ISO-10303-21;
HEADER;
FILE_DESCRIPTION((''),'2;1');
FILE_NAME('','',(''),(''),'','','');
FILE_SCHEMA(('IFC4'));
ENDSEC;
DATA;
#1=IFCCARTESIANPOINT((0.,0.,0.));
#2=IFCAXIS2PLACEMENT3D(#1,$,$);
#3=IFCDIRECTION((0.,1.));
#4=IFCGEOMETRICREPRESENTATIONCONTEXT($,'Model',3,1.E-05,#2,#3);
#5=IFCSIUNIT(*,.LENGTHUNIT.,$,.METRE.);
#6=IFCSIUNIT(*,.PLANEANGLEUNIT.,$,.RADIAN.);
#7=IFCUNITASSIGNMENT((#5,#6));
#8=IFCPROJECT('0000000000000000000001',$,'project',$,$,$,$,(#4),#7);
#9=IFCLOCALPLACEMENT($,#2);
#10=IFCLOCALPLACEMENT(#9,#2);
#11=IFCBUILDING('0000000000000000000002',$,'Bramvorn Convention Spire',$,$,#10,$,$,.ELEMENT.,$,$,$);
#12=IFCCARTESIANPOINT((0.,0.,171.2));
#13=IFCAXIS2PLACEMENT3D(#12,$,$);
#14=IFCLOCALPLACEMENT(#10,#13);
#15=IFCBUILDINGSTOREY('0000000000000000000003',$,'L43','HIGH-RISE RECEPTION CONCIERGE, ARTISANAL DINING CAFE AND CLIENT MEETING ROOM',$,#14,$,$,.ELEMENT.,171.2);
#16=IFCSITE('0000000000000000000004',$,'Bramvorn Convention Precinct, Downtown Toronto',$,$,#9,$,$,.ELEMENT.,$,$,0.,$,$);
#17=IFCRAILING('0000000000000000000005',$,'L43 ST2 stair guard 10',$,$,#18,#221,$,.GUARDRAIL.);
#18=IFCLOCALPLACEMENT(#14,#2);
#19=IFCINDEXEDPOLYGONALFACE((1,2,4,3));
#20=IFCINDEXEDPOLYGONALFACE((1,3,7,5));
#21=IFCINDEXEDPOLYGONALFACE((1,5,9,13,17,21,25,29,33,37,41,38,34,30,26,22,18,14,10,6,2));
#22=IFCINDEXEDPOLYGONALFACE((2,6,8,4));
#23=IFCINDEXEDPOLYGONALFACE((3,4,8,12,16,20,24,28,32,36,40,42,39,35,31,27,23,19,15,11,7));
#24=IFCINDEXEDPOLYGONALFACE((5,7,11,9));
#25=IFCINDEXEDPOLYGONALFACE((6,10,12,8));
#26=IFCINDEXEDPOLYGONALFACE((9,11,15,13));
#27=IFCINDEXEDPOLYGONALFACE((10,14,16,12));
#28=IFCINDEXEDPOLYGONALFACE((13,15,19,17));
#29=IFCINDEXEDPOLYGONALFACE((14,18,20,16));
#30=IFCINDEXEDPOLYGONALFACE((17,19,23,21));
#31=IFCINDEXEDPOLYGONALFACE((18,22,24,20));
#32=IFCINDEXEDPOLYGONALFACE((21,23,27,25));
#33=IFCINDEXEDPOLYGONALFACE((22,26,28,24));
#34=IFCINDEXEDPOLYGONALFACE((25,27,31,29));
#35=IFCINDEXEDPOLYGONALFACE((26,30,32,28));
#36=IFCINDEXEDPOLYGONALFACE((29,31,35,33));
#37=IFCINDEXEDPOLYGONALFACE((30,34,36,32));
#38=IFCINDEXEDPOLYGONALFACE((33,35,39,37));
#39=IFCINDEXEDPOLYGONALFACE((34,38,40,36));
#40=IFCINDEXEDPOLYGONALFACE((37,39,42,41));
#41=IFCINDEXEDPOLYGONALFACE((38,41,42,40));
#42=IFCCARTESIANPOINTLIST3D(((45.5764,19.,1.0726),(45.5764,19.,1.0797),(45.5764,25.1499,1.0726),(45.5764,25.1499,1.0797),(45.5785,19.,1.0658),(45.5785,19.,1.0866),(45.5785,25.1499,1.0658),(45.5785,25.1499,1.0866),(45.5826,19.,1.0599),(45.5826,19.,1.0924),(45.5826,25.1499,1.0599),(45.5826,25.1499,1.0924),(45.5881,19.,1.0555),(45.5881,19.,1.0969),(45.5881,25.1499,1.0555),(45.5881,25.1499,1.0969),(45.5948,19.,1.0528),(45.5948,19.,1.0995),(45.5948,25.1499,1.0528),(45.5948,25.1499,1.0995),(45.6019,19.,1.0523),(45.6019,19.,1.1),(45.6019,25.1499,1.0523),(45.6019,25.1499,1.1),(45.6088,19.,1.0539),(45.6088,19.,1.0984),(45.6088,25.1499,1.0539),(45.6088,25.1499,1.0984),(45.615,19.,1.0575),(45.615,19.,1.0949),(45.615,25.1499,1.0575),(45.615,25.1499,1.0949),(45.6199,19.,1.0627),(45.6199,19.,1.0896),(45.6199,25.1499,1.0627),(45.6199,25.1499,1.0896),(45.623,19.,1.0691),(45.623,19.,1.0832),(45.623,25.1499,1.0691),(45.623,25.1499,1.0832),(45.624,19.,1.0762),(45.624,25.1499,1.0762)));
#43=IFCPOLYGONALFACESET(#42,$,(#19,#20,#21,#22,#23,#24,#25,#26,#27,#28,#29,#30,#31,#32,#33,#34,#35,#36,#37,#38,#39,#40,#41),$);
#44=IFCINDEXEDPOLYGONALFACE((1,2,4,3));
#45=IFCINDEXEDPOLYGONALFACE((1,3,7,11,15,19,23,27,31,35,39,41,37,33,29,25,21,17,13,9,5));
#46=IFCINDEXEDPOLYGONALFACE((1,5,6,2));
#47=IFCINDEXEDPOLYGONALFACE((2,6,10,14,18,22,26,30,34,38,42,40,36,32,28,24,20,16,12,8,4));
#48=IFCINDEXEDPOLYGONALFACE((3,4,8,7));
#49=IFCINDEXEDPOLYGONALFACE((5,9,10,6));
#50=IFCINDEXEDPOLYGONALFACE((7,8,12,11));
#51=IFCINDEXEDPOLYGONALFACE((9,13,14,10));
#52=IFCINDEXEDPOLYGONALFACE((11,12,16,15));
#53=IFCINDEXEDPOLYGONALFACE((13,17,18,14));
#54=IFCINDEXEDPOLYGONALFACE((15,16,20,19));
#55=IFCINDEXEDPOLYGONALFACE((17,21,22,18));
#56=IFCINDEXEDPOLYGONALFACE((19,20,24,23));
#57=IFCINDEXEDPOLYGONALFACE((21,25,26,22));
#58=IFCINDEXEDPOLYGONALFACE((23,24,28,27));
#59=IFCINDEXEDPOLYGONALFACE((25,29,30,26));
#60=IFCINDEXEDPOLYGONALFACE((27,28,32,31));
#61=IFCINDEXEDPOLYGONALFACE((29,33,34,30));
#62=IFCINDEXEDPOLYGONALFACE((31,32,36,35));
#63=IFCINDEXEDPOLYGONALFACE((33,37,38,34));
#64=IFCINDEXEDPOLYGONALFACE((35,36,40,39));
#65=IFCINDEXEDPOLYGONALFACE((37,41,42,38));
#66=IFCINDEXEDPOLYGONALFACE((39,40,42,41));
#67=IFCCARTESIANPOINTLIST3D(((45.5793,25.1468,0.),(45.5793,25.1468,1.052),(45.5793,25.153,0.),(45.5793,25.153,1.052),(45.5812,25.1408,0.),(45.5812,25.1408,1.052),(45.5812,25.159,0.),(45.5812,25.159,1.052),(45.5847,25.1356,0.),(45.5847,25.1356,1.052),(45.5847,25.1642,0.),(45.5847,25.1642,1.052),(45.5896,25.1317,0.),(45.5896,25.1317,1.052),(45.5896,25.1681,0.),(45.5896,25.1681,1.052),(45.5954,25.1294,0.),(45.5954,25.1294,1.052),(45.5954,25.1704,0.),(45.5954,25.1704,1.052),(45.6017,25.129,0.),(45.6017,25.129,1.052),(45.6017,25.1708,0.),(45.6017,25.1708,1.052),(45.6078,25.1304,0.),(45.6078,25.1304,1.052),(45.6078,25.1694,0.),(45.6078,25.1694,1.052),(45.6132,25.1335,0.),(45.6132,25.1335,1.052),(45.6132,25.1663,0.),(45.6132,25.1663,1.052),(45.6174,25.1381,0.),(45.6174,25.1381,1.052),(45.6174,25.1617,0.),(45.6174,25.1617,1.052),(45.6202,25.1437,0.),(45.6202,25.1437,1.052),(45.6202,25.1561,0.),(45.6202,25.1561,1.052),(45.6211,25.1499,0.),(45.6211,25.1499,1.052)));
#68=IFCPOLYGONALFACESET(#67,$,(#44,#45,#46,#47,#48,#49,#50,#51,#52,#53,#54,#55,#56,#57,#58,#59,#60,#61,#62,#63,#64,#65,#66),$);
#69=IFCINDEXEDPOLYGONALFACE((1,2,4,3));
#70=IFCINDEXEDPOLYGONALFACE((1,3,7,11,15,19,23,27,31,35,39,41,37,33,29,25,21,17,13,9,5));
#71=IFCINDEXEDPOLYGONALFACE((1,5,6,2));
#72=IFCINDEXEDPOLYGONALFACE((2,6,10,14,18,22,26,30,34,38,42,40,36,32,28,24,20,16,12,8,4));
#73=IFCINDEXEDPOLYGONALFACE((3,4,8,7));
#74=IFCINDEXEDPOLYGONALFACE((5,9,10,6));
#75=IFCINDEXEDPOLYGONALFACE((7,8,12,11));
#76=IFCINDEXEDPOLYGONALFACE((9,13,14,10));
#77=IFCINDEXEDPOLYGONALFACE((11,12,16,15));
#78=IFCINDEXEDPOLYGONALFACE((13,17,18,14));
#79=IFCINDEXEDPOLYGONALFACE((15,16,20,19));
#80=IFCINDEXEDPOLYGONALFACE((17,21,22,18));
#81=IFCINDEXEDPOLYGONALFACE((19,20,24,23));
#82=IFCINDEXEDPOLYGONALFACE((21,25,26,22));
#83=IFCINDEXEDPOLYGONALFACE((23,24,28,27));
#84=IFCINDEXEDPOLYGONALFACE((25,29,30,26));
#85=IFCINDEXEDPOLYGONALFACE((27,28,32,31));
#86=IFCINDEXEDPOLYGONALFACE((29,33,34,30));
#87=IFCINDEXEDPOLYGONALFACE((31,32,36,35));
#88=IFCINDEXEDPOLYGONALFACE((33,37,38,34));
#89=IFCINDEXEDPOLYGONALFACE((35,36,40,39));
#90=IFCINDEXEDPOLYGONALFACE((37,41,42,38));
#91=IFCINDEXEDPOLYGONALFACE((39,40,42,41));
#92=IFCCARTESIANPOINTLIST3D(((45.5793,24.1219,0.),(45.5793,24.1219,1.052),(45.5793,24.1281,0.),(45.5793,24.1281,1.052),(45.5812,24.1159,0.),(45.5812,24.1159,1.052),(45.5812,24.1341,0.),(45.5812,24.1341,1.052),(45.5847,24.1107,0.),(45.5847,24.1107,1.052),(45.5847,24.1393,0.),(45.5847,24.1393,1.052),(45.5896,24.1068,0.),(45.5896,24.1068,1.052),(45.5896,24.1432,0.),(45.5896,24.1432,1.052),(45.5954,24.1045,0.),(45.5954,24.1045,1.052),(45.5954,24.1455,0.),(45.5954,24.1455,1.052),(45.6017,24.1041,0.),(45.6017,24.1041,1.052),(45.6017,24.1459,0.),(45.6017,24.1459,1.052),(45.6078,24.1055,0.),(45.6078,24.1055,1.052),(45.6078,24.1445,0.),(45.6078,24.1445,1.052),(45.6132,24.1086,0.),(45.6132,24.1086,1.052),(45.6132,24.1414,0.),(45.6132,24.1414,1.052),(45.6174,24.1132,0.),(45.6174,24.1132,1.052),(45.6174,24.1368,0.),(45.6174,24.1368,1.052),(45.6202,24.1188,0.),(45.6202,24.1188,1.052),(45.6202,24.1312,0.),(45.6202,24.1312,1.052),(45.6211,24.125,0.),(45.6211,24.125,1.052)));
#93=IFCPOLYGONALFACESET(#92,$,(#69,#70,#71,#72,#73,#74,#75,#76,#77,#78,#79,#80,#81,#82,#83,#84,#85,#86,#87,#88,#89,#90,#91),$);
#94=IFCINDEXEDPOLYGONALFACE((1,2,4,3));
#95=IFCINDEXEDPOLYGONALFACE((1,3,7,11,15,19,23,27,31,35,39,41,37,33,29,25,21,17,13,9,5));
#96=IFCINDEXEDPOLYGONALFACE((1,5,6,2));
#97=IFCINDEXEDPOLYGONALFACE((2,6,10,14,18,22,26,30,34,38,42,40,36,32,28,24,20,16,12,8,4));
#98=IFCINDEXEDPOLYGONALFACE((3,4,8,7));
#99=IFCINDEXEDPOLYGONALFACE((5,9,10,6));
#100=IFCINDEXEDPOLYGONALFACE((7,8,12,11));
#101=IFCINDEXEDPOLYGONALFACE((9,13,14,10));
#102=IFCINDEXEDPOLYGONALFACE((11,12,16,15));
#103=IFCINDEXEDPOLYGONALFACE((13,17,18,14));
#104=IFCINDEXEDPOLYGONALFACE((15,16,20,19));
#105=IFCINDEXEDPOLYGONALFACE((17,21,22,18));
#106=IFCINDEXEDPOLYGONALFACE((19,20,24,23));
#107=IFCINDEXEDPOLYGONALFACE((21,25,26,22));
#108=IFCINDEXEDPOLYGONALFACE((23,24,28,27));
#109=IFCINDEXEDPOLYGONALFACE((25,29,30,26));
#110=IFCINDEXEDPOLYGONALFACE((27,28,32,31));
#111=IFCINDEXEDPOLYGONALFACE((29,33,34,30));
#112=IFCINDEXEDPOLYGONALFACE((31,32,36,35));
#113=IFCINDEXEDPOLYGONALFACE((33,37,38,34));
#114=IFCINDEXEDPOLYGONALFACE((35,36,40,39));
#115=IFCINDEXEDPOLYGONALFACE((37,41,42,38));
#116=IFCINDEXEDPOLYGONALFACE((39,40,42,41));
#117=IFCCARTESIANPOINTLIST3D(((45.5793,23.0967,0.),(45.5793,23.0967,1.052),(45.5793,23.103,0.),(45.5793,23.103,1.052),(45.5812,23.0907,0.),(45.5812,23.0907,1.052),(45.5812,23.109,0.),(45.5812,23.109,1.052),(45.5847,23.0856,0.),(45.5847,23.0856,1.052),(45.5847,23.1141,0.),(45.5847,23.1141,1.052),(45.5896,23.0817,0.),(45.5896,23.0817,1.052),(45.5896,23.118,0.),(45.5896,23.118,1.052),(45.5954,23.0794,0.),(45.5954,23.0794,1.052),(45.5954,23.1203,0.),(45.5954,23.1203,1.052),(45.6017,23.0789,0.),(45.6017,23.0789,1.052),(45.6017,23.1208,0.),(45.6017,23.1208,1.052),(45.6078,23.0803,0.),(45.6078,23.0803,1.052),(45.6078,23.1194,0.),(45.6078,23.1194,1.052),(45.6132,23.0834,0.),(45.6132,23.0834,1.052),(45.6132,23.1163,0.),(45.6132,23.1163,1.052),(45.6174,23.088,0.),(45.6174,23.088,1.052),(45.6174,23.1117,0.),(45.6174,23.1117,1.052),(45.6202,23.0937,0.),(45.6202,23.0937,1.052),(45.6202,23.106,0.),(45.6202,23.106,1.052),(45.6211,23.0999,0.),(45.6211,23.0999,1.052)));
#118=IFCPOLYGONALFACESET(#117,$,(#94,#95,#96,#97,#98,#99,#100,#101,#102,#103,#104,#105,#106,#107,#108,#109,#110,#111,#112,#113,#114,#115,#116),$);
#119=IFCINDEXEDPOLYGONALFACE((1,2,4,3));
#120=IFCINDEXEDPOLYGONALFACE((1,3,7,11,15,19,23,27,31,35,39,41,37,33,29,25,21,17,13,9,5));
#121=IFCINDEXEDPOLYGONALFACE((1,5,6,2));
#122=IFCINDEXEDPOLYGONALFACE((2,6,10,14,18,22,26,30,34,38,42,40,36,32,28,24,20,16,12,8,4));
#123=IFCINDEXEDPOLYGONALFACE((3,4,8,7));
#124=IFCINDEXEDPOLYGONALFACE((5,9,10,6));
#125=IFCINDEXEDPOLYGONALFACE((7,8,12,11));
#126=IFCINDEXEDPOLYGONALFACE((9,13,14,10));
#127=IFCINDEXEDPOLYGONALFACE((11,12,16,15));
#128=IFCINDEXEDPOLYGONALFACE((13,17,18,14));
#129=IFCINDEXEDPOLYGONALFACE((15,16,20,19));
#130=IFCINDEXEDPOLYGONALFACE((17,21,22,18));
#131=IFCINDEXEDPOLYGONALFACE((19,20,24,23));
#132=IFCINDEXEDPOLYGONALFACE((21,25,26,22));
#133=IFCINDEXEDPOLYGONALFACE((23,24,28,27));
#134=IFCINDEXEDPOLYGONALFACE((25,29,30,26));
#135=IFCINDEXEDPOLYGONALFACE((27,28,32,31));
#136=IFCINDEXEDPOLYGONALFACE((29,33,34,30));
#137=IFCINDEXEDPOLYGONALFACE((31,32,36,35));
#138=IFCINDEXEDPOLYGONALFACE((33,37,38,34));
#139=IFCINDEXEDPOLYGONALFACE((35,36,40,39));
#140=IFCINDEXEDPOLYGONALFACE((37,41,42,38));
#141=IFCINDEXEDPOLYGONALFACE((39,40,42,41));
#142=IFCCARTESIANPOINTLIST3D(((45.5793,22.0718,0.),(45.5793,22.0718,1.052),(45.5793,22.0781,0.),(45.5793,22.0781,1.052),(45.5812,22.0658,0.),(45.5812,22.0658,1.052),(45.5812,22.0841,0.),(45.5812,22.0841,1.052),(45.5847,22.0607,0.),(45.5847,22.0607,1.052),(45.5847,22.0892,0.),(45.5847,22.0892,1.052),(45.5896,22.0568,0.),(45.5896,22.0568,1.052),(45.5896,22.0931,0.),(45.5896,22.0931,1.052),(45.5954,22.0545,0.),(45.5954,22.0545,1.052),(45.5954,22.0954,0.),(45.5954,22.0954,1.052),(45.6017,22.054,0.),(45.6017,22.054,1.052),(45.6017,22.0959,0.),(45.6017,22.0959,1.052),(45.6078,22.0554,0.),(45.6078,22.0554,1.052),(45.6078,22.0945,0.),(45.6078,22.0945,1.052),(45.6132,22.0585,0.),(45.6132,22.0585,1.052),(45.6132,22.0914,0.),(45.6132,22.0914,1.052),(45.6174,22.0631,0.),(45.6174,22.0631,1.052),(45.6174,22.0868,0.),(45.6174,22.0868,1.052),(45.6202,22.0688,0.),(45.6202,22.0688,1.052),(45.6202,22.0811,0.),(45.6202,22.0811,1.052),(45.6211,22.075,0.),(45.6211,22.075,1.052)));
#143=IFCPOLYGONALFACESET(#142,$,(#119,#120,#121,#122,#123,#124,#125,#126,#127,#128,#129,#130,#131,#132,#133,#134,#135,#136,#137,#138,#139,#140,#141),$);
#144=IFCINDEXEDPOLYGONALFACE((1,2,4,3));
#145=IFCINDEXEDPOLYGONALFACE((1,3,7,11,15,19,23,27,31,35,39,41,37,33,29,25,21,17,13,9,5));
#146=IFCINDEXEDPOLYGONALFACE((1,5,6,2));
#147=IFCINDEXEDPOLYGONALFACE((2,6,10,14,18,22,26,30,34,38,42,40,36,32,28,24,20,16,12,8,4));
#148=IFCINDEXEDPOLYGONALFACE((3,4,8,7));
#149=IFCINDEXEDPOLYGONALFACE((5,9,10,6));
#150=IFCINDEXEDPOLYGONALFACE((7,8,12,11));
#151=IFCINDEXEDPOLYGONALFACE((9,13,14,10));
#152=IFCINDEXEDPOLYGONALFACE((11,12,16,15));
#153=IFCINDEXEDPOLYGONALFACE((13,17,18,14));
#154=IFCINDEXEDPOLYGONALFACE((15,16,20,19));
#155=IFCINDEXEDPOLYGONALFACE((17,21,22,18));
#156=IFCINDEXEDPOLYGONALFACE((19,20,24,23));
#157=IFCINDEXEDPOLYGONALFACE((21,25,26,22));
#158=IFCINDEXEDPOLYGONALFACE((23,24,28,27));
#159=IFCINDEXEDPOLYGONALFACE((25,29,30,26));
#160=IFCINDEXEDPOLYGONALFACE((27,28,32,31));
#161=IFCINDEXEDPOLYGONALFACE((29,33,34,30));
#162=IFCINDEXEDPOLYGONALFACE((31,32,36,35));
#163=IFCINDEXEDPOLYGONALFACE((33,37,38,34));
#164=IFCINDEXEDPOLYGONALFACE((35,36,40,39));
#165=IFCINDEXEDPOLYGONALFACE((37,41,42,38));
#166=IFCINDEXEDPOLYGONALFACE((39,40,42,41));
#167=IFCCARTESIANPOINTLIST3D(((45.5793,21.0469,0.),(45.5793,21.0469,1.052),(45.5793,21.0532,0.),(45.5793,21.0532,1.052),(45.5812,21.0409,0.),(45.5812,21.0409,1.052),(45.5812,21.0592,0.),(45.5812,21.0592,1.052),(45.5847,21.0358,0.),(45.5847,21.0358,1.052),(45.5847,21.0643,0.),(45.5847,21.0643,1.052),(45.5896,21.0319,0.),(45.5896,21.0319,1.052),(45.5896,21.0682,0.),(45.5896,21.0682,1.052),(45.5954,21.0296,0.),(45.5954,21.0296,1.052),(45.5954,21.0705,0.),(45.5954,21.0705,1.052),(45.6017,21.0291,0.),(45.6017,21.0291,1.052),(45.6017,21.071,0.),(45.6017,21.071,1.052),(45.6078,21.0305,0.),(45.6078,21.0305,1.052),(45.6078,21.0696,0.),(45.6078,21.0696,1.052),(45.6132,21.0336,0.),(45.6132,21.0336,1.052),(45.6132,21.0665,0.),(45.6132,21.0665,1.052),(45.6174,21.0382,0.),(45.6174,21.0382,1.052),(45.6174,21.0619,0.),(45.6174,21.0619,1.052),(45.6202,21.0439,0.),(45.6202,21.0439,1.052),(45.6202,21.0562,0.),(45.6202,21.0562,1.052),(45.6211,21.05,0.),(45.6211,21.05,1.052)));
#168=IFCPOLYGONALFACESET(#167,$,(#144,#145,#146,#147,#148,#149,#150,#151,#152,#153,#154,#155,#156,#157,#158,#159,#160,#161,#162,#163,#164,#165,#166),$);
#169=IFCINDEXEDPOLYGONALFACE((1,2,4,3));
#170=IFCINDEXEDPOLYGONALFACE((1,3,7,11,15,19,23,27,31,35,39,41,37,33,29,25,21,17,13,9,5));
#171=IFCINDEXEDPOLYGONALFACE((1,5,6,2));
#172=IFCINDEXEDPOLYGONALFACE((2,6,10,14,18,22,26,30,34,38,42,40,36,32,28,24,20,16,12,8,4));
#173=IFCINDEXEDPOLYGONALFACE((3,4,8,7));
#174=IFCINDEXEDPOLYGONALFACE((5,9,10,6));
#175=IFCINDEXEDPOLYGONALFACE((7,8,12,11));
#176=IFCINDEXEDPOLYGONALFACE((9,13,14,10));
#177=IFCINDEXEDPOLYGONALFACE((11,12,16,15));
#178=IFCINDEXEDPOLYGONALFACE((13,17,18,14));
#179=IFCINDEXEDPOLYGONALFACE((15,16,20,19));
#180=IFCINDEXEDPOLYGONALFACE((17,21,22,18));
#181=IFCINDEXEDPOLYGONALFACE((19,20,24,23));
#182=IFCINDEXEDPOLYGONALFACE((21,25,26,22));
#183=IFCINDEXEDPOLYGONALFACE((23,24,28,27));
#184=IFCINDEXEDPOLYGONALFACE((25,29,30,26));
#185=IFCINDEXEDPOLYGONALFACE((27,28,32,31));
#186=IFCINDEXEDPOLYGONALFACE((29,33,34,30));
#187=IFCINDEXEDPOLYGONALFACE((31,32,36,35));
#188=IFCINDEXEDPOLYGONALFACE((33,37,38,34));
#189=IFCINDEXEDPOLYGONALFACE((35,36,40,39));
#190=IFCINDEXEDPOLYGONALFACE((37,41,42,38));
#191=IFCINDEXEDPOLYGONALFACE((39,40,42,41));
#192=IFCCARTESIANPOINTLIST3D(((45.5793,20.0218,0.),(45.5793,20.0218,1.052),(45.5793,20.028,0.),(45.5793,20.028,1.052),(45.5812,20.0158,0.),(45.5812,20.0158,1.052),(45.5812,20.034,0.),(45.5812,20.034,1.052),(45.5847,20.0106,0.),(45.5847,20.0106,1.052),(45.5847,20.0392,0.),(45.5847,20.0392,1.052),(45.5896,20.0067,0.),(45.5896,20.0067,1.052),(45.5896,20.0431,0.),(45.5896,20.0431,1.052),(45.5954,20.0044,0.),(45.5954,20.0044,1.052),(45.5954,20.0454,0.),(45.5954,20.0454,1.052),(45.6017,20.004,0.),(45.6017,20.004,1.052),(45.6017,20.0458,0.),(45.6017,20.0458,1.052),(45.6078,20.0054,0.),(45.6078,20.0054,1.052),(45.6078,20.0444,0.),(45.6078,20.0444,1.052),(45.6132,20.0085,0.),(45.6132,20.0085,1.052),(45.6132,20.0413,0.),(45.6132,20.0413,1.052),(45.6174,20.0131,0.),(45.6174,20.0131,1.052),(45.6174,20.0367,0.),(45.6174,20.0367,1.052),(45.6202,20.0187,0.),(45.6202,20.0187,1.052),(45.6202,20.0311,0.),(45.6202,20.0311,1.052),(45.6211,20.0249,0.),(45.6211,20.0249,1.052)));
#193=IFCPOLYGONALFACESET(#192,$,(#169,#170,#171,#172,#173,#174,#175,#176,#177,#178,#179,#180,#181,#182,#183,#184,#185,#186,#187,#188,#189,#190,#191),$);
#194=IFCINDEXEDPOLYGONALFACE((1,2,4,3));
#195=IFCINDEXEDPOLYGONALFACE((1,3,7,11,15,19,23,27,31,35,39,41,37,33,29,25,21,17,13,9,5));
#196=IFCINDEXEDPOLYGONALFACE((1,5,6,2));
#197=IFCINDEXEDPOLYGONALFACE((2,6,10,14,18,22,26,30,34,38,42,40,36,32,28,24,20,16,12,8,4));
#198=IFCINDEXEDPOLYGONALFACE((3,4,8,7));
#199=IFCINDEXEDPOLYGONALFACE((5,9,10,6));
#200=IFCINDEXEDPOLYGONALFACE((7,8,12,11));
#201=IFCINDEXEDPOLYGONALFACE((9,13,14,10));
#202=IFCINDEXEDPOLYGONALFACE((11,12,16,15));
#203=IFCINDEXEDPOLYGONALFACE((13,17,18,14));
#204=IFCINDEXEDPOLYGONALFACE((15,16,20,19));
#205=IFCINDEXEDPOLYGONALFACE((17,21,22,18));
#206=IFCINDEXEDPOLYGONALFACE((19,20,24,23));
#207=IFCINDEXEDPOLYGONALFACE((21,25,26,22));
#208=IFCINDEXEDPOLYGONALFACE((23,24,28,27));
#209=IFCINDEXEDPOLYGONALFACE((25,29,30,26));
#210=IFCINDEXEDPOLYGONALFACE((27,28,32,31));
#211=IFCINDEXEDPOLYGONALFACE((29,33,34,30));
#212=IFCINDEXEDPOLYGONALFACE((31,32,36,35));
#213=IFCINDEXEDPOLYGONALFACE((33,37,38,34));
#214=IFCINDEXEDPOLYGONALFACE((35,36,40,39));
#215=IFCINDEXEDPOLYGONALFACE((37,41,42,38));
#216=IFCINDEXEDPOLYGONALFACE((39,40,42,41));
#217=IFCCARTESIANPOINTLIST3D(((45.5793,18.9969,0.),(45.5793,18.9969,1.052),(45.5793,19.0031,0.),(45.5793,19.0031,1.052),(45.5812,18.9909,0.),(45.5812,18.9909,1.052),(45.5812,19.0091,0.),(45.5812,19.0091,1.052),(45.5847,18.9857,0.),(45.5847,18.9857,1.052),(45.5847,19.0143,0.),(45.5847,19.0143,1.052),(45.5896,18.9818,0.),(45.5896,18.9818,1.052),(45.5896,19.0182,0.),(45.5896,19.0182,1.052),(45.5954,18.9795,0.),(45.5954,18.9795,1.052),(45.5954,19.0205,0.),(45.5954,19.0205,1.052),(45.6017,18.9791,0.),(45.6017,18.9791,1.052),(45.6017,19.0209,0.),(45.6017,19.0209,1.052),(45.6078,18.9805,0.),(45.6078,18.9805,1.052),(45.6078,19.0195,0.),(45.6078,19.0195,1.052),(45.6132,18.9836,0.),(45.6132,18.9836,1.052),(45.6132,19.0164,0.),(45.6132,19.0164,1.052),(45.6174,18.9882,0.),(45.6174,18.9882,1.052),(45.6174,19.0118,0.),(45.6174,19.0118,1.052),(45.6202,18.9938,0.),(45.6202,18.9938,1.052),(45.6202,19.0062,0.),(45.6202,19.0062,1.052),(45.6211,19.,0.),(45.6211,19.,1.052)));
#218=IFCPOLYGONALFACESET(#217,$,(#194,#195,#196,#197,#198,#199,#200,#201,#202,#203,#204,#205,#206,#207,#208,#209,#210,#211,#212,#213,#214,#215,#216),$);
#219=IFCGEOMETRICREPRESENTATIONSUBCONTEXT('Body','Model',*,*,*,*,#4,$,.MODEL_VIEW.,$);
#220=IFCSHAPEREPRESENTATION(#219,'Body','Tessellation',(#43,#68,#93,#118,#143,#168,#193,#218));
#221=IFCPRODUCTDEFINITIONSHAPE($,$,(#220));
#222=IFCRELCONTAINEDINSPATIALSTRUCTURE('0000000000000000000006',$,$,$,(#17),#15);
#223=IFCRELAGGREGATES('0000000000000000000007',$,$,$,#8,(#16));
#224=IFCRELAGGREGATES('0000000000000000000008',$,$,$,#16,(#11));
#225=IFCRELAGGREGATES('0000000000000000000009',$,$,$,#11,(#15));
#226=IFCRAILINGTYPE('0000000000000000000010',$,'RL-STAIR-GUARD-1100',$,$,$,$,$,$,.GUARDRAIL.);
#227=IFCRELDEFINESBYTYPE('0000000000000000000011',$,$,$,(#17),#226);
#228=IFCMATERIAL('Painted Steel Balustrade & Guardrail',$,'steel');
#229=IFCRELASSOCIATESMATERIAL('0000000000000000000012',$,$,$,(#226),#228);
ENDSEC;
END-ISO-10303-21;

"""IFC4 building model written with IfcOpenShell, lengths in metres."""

from ifc_helpers import new_model, si_unit, direction, frame, origin, origin_2d, place, context, subcontext, project, spatial, circle, extrude, material, type_object, element, save


model = new_model("IFC4")

# Units and contexts
model_context = context("Model", 3, precision=1e-05, world=origin(), true_north=direction((0.0, 1.0)))
body_context = subcontext(model_context, "Body", "Model", "MODEL_VIEW")
ifc_project = project(units=[si_unit("LENGTHUNIT", "METRE"), si_unit("PLANEANGLEUNIT", "RADIAN")], contexts=[model_context])

# Site, building, storey
site_placement = place(None, origin())
site = spatial("IfcSite", under=ifc_project, at=site_placement, Name="Bramvorn Convention Precinct, Downtown Toronto", CompositionType="ELEMENT", RefElevation=0.0)
building_placement = place(site_placement, origin())
building = spatial("IfcBuilding", under=site, at=building_placement, Name="Bramvorn Convention Spire", CompositionType="ELEMENT")
storey_placement = place(building_placement, frame((0.0, 0.0, 171.2)))
storey = spatial("IfcBuildingStorey", under=building, at=storey_placement, Name="L43", Description="HIGH-RISE RECEPTION CONCIERGE, ARTISANAL DINING CAFE AND CLIENT MEETING ROOM", CompositionType="ELEMENT", Elevation=171.2)

# Railing
ifc_material_1 = material(Name="Painted Steel Balustrade & Guardrail", Category="steel")
railing_type_1 = type_object("IfcRailingType", Name="RL-STAIR-GUARD-1100", PredefinedType="GUARDRAIL", material=ifc_material_1)
railing_1_placement = place(storey_placement, frame((45.6001, 25.1499, 0.0)))
element("IfcRailing", 1, at=railing_1_placement, inside=storey, type_object=railing_type_1, Name="L43 ST2 stair guard 10", PredefinedType="GUARDRAIL", context=body_context, shape_type="SweptSolid", body=[
    extrude(circle(Radius=0.0239, at=origin_2d()), frame((0.0, 0.0, 1.0762), z_axis=(0.0, -1.0, 0.0), x_axis=(1.0, 0.0, 0.0)), (0.0, 0.0, 1.0), 6.1499),
    extrude(circle(Radius=0.021, at=origin_2d()), origin(), (0.0, 0.0, 1.0), 1.052),
    extrude(circle(Radius=0.021, at=origin_2d()), frame((0.0, -1.0249, 0.0)), (0.0, 0.0, 1.0), 1.052),
    extrude(circle(Radius=0.021, at=origin_2d()), frame((0.0, -2.05, 0.0)), (0.0, 0.0, 1.0), 1.052),
    extrude(circle(Radius=0.021, at=origin_2d()), frame((0.0, -3.075, 0.0)), (0.0, 0.0, 1.0), 1.052),
    extrude(circle(Radius=0.021, at=origin_2d()), frame((0.0, -4.0999, 0.0)), (0.0, 0.0, 1.0), 1.052),
    extrude(circle(Radius=0.021, at=origin_2d()), frame((0.0, -5.125, 0.0)), (0.0, 0.0, 1.0), 1.052),
    extrude(circle(Radius=0.021, at=origin_2d()), frame((0.0, -6.1499, 0.0)), (0.0, 0.0, 1.0), 1.052),
])

save(model, "model.ifc")
